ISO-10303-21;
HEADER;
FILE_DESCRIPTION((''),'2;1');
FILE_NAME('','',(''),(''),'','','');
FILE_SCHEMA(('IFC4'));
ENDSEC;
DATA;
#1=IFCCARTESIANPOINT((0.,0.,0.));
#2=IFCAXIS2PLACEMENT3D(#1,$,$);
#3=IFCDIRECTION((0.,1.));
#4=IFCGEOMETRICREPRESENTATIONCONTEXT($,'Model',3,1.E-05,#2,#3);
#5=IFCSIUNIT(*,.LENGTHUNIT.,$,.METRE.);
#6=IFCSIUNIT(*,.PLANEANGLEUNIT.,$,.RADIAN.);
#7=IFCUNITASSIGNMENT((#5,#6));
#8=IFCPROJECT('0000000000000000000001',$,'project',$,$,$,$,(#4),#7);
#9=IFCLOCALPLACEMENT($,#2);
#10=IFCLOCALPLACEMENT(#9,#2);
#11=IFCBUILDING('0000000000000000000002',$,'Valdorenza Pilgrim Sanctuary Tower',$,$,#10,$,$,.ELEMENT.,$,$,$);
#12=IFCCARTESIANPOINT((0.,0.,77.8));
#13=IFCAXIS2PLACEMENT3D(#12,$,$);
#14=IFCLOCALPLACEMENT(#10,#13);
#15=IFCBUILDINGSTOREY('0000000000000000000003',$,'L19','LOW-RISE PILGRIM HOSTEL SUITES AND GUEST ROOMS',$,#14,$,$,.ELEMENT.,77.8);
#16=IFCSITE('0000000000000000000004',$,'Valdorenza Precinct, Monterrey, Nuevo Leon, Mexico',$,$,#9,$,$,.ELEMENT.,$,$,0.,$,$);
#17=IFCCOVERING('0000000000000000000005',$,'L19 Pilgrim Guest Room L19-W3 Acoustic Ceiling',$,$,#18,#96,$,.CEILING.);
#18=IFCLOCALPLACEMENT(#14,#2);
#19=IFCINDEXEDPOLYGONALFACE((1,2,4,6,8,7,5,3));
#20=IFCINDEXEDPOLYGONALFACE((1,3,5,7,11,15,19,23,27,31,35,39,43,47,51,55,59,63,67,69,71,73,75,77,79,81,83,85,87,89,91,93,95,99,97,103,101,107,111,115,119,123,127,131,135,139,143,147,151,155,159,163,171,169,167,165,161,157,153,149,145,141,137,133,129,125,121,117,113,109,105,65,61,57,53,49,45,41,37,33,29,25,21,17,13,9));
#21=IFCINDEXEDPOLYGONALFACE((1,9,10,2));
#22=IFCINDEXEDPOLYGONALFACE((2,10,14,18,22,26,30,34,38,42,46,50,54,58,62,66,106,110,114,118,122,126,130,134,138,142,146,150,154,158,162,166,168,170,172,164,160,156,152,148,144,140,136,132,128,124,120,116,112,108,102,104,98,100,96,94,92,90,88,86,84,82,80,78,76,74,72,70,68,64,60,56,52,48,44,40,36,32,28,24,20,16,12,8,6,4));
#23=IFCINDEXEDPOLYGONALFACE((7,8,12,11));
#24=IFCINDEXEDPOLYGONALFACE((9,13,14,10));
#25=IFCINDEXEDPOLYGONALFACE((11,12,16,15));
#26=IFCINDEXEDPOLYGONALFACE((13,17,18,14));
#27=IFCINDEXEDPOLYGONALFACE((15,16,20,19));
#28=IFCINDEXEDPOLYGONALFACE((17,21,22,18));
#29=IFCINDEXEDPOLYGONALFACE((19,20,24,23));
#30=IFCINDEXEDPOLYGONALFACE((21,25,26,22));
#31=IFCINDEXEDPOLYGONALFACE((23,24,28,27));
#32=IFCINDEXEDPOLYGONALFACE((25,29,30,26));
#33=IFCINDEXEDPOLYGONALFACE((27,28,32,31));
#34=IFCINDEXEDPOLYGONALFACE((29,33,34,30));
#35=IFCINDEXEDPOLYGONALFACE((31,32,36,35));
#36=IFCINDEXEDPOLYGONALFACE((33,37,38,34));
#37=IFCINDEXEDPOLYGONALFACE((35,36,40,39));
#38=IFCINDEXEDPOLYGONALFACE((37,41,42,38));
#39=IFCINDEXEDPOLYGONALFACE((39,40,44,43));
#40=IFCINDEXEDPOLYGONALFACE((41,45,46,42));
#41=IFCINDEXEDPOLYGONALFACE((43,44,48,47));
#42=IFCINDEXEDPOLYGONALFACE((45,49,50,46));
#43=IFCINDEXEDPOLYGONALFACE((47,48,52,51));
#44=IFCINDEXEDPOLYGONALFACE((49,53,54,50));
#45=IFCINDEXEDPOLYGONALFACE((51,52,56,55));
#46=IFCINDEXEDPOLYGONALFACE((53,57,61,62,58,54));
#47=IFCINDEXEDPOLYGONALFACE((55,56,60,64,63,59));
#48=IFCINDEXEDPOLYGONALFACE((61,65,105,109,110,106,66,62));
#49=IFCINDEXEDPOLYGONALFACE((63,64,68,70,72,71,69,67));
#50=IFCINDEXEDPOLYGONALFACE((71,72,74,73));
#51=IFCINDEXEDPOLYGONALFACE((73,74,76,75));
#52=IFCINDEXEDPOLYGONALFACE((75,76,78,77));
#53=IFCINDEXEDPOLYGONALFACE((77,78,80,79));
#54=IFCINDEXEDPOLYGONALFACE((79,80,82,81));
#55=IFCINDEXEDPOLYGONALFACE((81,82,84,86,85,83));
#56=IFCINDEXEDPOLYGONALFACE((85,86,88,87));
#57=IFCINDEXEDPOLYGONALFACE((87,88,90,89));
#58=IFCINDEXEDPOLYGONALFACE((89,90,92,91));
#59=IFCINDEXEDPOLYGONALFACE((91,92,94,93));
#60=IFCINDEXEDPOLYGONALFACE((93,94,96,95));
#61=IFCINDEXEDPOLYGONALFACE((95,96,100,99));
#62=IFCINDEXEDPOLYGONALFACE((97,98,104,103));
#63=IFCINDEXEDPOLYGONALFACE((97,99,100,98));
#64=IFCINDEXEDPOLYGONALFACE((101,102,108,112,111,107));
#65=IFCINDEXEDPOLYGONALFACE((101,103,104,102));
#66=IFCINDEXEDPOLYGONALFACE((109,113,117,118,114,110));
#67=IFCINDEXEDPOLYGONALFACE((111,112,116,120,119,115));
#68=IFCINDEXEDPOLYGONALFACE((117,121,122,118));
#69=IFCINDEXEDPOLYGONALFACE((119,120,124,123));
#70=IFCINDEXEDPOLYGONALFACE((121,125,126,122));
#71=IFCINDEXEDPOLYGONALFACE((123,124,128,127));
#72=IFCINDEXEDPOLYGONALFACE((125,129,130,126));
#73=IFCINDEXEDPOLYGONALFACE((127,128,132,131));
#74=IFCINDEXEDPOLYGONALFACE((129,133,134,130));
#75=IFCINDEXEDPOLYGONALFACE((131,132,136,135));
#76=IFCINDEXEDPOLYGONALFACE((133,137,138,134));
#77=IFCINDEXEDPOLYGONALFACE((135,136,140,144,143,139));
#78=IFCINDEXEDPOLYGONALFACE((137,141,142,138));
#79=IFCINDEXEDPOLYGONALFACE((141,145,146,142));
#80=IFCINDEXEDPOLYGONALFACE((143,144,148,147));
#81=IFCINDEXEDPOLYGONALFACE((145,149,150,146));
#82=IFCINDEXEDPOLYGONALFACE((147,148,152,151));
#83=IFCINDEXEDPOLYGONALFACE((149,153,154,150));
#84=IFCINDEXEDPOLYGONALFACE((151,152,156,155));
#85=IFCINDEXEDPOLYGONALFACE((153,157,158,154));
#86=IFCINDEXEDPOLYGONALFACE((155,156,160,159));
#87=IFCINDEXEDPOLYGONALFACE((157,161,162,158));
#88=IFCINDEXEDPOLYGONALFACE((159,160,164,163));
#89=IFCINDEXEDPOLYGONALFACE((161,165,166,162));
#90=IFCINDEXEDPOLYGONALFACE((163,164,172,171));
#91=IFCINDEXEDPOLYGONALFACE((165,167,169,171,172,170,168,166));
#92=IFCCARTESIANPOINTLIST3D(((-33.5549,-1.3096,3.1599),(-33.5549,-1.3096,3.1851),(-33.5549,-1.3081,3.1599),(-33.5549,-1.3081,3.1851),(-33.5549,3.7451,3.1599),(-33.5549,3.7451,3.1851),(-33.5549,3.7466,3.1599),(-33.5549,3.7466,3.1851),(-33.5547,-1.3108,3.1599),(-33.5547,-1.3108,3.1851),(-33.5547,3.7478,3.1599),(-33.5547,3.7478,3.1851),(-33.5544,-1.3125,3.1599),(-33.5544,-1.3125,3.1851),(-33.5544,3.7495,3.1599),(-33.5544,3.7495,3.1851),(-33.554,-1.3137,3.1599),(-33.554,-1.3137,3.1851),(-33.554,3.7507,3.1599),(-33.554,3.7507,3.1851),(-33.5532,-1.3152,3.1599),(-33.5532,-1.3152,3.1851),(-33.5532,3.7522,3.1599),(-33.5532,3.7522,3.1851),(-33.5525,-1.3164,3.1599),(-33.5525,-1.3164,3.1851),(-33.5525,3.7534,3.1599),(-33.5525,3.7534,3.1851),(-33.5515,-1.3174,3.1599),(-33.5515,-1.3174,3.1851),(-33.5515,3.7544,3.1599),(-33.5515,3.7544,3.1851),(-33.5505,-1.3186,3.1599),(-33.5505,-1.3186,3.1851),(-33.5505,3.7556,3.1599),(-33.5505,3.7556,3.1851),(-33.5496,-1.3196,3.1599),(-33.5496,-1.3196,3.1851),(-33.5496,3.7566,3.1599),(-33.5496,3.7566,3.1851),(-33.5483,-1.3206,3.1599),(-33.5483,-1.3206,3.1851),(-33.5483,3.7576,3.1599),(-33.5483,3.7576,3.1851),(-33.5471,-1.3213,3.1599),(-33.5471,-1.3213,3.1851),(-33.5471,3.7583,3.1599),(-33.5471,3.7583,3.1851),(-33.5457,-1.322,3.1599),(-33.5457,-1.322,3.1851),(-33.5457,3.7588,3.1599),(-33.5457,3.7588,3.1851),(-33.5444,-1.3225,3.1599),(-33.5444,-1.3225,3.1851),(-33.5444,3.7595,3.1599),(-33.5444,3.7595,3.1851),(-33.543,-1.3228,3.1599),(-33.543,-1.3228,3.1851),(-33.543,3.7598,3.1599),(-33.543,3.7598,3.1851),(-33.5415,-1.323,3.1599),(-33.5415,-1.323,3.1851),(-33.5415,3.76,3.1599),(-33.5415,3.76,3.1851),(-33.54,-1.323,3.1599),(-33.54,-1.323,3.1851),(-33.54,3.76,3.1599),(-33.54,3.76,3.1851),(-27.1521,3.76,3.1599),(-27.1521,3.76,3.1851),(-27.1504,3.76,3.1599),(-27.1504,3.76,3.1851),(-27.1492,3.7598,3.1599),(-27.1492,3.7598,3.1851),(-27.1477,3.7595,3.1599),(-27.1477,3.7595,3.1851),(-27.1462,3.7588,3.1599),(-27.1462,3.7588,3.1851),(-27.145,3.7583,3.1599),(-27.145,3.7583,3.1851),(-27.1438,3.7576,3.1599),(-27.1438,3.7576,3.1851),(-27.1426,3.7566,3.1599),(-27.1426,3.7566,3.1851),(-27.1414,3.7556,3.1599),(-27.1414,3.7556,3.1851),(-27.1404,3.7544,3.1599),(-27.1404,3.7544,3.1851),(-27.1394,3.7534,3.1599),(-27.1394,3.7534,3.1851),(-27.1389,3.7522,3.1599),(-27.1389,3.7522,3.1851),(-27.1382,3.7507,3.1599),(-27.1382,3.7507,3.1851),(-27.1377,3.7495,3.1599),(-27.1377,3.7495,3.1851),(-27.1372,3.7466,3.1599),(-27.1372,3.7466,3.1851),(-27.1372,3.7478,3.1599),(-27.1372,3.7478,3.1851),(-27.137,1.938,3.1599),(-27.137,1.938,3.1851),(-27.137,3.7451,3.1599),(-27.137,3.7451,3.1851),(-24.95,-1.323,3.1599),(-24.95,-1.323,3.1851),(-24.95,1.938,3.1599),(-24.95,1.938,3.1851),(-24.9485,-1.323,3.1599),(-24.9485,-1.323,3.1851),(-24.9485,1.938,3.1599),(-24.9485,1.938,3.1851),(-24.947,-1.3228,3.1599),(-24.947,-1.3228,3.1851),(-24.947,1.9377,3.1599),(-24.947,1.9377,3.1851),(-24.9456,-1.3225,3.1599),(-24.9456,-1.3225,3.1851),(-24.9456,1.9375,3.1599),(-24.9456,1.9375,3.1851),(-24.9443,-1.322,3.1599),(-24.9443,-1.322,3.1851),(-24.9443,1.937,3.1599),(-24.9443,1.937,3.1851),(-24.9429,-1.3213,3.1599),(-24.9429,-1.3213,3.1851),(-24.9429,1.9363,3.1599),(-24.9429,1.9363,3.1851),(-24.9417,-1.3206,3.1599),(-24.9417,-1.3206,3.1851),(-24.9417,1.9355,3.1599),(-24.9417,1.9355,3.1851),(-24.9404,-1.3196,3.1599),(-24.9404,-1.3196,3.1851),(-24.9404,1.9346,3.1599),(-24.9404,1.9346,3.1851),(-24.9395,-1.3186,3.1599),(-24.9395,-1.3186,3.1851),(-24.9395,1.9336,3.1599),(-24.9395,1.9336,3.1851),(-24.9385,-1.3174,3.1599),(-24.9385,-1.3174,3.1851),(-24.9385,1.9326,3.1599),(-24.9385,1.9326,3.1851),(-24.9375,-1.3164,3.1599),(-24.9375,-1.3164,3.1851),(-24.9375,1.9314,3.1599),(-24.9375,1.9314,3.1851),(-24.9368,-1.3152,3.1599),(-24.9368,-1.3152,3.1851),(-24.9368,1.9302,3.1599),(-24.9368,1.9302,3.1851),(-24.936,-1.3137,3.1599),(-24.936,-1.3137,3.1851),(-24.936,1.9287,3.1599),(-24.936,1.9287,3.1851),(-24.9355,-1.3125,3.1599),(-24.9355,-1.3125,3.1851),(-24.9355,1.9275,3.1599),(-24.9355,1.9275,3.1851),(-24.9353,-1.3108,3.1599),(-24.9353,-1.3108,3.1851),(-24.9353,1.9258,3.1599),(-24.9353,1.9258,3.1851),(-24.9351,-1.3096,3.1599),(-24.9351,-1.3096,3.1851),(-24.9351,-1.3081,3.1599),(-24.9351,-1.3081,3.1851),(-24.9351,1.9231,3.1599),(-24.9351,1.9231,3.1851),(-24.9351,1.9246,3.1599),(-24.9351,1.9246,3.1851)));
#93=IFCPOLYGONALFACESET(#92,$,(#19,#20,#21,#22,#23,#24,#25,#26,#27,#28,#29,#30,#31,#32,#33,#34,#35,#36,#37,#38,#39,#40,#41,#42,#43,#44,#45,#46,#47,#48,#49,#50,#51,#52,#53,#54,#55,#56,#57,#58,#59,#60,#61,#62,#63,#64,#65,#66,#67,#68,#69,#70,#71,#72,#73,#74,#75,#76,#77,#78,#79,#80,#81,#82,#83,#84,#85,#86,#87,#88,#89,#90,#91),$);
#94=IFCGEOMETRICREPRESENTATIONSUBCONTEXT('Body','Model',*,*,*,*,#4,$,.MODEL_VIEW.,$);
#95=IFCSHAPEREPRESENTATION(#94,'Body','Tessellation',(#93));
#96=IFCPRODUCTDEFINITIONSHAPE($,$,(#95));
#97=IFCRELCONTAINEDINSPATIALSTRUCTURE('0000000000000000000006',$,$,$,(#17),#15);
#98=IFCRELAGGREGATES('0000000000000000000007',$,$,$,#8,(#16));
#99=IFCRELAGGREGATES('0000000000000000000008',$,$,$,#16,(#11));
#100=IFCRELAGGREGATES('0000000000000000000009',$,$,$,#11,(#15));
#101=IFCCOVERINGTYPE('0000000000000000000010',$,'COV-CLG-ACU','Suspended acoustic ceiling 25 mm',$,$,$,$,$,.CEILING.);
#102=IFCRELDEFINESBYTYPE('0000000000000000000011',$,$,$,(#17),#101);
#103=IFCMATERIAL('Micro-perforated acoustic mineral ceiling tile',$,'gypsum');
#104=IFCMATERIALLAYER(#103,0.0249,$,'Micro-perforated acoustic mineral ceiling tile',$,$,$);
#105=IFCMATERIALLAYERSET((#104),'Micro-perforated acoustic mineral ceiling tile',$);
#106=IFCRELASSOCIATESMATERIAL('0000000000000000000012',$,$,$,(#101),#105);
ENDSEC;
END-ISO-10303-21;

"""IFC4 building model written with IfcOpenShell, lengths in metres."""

from ifc_helpers import new_model, si_unit, direction, frame, origin, place, context, subcontext, project, spatial, polyline, outline, extrude, material, layer, layer_set, type_object, element, save


model = new_model("IFC4")

# Units and contexts
model_context = context("Model", 3, precision=1e-05, world=origin(), true_north=direction((0.0, 1.0)))
body_context = subcontext(model_context, "Body", "Model", "MODEL_VIEW")
ifc_project = project(units=[si_unit("LENGTHUNIT", "METRE"), si_unit("PLANEANGLEUNIT", "RADIAN")], contexts=[model_context])

# Site, building, storey
site_placement = place(None, origin())
site = spatial("IfcSite", under=ifc_project, at=site_placement, Name="Valdorenza Precinct, Monterrey, Nuevo Leon, Mexico", CompositionType="ELEMENT", RefElevation=0.0)
building_placement = place(site_placement, origin())
building = spatial("IfcBuilding", under=site, at=building_placement, Name="Valdorenza Pilgrim Sanctuary Tower", CompositionType="ELEMENT")
storey_placement = place(building_placement, frame((0.0, 0.0, 77.8)))
storey = spatial("IfcBuildingStorey", under=building, at=storey_placement, Name="L19", Description="LOW-RISE PILGRIM HOSTEL SUITES AND GUEST ROOMS", CompositionType="ELEMENT", Elevation=77.8)

# Covering
ifc_material_1 = material(Name="Micro-perforated acoustic mineral ceiling tile", Category="gypsum")
ifc_layer_1 = layer(ifc_material_1, 0.0249, Name="Micro-perforated acoustic mineral ceiling tile")
ifc_layer_set_1 = layer_set([ifc_layer_1], Name="Micro-perforated acoustic mineral ceiling tile")
covering_type_1 = type_object("IfcCoveringType", Name="COV-CLG-ACU", Description="Suspended acoustic ceiling 25 mm", PredefinedType="CEILING", material=ifc_layer_set_1)
covering_1_placement = place(storey_placement, frame((0.0, 0.0, 3.1599)))
element("IfcCovering", 1, at=covering_1_placement, inside=storey, type_object=covering_type_1, Name="L19 Pilgrim Guest Room L19-W3 Acoustic Ceiling", PredefinedType="CEILING", context=body_context, shape_type="SweptSolid", body=[
    extrude(outline(polyline([(-33.5549, 3.7451), (-33.5549, 3.7466), (-33.5547, 3.7478), (-33.5544, 3.7495), (-33.554, 3.7507), (-33.5532, 3.7522), (-33.5525, 3.7534), (-33.5515, 3.7544), (-33.5505, 3.7556), (-33.5496, 3.7566), (-33.5483, 3.7576), (-33.5471, 3.7583), (-33.5457, 3.7588), (-33.5444, 3.7595), (-33.543, 3.7598), (-33.5415, 3.76), (-33.54, 3.76), (-27.1521, 3.76), (-27.1504, 3.76), (-27.1492, 3.7598), (-27.1477, 3.7595), (-27.1462, 3.7588), (-27.145, 3.7583), (-27.1438, 3.7576), (-27.1426, 3.7566), (-27.1414, 3.7556), (-27.1404, 3.7544), (-27.1394, 3.7534), (-27.1389, 3.7522), (-27.1382, 3.7507), (-27.1377, 3.7495), (-27.1372, 3.7478), (-27.1372, 3.7466), (-27.137, 3.7451), (-27.137, 1.938), (-24.95, 1.938), (-24.9485, 1.938), (-24.947, 1.9377), (-24.9456, 1.9375), (-24.9443, 1.937), (-24.9429, 1.9363), (-24.9417, 1.9355), (-24.9404, 1.9346), (-24.9395, 1.9336), (-24.9385, 1.9326), (-24.9375, 1.9314), (-24.9368, 1.9302), (-24.936, 1.9287), (-24.9355, 1.9275), (-24.9353, 1.9258), (-24.9351, 1.9246), (-24.9351, 1.9231), (-24.9351, -1.3081), (-24.9351, -1.3096), (-24.9353, -1.3108), (-24.9355, -1.3125), (-24.936, -1.3137), (-24.9368, -1.3152), (-24.9375, -1.3164), (-24.9385, -1.3174), (-24.9395, -1.3186), (-24.9404, -1.3196), (-24.9417, -1.3206), (-24.9429, -1.3213), (-24.9443, -1.322), (-24.9456, -1.3225), (-24.947, -1.3228), (-24.9485, -1.323), (-24.95, -1.323), (-33.54, -1.323), (-33.5415, -1.323), (-33.543, -1.3228), (-33.5444, -1.3225), (-33.5457, -1.322), (-33.5471, -1.3213), (-33.5483, -1.3206), (-33.5496, -1.3196), (-33.5505, -1.3186), (-33.5515, -1.3174), (-33.5525, -1.3164), (-33.5532, -1.3152), (-33.554, -1.3137), (-33.5544, -1.3125), (-33.5547, -1.3108), (-33.5549, -1.3096), (-33.5549, -1.3081), (-33.5549, 3.7451)])), origin(), (0.0, 0.0, 1.0), 0.0251),
])

save(model, "model.ifc")
